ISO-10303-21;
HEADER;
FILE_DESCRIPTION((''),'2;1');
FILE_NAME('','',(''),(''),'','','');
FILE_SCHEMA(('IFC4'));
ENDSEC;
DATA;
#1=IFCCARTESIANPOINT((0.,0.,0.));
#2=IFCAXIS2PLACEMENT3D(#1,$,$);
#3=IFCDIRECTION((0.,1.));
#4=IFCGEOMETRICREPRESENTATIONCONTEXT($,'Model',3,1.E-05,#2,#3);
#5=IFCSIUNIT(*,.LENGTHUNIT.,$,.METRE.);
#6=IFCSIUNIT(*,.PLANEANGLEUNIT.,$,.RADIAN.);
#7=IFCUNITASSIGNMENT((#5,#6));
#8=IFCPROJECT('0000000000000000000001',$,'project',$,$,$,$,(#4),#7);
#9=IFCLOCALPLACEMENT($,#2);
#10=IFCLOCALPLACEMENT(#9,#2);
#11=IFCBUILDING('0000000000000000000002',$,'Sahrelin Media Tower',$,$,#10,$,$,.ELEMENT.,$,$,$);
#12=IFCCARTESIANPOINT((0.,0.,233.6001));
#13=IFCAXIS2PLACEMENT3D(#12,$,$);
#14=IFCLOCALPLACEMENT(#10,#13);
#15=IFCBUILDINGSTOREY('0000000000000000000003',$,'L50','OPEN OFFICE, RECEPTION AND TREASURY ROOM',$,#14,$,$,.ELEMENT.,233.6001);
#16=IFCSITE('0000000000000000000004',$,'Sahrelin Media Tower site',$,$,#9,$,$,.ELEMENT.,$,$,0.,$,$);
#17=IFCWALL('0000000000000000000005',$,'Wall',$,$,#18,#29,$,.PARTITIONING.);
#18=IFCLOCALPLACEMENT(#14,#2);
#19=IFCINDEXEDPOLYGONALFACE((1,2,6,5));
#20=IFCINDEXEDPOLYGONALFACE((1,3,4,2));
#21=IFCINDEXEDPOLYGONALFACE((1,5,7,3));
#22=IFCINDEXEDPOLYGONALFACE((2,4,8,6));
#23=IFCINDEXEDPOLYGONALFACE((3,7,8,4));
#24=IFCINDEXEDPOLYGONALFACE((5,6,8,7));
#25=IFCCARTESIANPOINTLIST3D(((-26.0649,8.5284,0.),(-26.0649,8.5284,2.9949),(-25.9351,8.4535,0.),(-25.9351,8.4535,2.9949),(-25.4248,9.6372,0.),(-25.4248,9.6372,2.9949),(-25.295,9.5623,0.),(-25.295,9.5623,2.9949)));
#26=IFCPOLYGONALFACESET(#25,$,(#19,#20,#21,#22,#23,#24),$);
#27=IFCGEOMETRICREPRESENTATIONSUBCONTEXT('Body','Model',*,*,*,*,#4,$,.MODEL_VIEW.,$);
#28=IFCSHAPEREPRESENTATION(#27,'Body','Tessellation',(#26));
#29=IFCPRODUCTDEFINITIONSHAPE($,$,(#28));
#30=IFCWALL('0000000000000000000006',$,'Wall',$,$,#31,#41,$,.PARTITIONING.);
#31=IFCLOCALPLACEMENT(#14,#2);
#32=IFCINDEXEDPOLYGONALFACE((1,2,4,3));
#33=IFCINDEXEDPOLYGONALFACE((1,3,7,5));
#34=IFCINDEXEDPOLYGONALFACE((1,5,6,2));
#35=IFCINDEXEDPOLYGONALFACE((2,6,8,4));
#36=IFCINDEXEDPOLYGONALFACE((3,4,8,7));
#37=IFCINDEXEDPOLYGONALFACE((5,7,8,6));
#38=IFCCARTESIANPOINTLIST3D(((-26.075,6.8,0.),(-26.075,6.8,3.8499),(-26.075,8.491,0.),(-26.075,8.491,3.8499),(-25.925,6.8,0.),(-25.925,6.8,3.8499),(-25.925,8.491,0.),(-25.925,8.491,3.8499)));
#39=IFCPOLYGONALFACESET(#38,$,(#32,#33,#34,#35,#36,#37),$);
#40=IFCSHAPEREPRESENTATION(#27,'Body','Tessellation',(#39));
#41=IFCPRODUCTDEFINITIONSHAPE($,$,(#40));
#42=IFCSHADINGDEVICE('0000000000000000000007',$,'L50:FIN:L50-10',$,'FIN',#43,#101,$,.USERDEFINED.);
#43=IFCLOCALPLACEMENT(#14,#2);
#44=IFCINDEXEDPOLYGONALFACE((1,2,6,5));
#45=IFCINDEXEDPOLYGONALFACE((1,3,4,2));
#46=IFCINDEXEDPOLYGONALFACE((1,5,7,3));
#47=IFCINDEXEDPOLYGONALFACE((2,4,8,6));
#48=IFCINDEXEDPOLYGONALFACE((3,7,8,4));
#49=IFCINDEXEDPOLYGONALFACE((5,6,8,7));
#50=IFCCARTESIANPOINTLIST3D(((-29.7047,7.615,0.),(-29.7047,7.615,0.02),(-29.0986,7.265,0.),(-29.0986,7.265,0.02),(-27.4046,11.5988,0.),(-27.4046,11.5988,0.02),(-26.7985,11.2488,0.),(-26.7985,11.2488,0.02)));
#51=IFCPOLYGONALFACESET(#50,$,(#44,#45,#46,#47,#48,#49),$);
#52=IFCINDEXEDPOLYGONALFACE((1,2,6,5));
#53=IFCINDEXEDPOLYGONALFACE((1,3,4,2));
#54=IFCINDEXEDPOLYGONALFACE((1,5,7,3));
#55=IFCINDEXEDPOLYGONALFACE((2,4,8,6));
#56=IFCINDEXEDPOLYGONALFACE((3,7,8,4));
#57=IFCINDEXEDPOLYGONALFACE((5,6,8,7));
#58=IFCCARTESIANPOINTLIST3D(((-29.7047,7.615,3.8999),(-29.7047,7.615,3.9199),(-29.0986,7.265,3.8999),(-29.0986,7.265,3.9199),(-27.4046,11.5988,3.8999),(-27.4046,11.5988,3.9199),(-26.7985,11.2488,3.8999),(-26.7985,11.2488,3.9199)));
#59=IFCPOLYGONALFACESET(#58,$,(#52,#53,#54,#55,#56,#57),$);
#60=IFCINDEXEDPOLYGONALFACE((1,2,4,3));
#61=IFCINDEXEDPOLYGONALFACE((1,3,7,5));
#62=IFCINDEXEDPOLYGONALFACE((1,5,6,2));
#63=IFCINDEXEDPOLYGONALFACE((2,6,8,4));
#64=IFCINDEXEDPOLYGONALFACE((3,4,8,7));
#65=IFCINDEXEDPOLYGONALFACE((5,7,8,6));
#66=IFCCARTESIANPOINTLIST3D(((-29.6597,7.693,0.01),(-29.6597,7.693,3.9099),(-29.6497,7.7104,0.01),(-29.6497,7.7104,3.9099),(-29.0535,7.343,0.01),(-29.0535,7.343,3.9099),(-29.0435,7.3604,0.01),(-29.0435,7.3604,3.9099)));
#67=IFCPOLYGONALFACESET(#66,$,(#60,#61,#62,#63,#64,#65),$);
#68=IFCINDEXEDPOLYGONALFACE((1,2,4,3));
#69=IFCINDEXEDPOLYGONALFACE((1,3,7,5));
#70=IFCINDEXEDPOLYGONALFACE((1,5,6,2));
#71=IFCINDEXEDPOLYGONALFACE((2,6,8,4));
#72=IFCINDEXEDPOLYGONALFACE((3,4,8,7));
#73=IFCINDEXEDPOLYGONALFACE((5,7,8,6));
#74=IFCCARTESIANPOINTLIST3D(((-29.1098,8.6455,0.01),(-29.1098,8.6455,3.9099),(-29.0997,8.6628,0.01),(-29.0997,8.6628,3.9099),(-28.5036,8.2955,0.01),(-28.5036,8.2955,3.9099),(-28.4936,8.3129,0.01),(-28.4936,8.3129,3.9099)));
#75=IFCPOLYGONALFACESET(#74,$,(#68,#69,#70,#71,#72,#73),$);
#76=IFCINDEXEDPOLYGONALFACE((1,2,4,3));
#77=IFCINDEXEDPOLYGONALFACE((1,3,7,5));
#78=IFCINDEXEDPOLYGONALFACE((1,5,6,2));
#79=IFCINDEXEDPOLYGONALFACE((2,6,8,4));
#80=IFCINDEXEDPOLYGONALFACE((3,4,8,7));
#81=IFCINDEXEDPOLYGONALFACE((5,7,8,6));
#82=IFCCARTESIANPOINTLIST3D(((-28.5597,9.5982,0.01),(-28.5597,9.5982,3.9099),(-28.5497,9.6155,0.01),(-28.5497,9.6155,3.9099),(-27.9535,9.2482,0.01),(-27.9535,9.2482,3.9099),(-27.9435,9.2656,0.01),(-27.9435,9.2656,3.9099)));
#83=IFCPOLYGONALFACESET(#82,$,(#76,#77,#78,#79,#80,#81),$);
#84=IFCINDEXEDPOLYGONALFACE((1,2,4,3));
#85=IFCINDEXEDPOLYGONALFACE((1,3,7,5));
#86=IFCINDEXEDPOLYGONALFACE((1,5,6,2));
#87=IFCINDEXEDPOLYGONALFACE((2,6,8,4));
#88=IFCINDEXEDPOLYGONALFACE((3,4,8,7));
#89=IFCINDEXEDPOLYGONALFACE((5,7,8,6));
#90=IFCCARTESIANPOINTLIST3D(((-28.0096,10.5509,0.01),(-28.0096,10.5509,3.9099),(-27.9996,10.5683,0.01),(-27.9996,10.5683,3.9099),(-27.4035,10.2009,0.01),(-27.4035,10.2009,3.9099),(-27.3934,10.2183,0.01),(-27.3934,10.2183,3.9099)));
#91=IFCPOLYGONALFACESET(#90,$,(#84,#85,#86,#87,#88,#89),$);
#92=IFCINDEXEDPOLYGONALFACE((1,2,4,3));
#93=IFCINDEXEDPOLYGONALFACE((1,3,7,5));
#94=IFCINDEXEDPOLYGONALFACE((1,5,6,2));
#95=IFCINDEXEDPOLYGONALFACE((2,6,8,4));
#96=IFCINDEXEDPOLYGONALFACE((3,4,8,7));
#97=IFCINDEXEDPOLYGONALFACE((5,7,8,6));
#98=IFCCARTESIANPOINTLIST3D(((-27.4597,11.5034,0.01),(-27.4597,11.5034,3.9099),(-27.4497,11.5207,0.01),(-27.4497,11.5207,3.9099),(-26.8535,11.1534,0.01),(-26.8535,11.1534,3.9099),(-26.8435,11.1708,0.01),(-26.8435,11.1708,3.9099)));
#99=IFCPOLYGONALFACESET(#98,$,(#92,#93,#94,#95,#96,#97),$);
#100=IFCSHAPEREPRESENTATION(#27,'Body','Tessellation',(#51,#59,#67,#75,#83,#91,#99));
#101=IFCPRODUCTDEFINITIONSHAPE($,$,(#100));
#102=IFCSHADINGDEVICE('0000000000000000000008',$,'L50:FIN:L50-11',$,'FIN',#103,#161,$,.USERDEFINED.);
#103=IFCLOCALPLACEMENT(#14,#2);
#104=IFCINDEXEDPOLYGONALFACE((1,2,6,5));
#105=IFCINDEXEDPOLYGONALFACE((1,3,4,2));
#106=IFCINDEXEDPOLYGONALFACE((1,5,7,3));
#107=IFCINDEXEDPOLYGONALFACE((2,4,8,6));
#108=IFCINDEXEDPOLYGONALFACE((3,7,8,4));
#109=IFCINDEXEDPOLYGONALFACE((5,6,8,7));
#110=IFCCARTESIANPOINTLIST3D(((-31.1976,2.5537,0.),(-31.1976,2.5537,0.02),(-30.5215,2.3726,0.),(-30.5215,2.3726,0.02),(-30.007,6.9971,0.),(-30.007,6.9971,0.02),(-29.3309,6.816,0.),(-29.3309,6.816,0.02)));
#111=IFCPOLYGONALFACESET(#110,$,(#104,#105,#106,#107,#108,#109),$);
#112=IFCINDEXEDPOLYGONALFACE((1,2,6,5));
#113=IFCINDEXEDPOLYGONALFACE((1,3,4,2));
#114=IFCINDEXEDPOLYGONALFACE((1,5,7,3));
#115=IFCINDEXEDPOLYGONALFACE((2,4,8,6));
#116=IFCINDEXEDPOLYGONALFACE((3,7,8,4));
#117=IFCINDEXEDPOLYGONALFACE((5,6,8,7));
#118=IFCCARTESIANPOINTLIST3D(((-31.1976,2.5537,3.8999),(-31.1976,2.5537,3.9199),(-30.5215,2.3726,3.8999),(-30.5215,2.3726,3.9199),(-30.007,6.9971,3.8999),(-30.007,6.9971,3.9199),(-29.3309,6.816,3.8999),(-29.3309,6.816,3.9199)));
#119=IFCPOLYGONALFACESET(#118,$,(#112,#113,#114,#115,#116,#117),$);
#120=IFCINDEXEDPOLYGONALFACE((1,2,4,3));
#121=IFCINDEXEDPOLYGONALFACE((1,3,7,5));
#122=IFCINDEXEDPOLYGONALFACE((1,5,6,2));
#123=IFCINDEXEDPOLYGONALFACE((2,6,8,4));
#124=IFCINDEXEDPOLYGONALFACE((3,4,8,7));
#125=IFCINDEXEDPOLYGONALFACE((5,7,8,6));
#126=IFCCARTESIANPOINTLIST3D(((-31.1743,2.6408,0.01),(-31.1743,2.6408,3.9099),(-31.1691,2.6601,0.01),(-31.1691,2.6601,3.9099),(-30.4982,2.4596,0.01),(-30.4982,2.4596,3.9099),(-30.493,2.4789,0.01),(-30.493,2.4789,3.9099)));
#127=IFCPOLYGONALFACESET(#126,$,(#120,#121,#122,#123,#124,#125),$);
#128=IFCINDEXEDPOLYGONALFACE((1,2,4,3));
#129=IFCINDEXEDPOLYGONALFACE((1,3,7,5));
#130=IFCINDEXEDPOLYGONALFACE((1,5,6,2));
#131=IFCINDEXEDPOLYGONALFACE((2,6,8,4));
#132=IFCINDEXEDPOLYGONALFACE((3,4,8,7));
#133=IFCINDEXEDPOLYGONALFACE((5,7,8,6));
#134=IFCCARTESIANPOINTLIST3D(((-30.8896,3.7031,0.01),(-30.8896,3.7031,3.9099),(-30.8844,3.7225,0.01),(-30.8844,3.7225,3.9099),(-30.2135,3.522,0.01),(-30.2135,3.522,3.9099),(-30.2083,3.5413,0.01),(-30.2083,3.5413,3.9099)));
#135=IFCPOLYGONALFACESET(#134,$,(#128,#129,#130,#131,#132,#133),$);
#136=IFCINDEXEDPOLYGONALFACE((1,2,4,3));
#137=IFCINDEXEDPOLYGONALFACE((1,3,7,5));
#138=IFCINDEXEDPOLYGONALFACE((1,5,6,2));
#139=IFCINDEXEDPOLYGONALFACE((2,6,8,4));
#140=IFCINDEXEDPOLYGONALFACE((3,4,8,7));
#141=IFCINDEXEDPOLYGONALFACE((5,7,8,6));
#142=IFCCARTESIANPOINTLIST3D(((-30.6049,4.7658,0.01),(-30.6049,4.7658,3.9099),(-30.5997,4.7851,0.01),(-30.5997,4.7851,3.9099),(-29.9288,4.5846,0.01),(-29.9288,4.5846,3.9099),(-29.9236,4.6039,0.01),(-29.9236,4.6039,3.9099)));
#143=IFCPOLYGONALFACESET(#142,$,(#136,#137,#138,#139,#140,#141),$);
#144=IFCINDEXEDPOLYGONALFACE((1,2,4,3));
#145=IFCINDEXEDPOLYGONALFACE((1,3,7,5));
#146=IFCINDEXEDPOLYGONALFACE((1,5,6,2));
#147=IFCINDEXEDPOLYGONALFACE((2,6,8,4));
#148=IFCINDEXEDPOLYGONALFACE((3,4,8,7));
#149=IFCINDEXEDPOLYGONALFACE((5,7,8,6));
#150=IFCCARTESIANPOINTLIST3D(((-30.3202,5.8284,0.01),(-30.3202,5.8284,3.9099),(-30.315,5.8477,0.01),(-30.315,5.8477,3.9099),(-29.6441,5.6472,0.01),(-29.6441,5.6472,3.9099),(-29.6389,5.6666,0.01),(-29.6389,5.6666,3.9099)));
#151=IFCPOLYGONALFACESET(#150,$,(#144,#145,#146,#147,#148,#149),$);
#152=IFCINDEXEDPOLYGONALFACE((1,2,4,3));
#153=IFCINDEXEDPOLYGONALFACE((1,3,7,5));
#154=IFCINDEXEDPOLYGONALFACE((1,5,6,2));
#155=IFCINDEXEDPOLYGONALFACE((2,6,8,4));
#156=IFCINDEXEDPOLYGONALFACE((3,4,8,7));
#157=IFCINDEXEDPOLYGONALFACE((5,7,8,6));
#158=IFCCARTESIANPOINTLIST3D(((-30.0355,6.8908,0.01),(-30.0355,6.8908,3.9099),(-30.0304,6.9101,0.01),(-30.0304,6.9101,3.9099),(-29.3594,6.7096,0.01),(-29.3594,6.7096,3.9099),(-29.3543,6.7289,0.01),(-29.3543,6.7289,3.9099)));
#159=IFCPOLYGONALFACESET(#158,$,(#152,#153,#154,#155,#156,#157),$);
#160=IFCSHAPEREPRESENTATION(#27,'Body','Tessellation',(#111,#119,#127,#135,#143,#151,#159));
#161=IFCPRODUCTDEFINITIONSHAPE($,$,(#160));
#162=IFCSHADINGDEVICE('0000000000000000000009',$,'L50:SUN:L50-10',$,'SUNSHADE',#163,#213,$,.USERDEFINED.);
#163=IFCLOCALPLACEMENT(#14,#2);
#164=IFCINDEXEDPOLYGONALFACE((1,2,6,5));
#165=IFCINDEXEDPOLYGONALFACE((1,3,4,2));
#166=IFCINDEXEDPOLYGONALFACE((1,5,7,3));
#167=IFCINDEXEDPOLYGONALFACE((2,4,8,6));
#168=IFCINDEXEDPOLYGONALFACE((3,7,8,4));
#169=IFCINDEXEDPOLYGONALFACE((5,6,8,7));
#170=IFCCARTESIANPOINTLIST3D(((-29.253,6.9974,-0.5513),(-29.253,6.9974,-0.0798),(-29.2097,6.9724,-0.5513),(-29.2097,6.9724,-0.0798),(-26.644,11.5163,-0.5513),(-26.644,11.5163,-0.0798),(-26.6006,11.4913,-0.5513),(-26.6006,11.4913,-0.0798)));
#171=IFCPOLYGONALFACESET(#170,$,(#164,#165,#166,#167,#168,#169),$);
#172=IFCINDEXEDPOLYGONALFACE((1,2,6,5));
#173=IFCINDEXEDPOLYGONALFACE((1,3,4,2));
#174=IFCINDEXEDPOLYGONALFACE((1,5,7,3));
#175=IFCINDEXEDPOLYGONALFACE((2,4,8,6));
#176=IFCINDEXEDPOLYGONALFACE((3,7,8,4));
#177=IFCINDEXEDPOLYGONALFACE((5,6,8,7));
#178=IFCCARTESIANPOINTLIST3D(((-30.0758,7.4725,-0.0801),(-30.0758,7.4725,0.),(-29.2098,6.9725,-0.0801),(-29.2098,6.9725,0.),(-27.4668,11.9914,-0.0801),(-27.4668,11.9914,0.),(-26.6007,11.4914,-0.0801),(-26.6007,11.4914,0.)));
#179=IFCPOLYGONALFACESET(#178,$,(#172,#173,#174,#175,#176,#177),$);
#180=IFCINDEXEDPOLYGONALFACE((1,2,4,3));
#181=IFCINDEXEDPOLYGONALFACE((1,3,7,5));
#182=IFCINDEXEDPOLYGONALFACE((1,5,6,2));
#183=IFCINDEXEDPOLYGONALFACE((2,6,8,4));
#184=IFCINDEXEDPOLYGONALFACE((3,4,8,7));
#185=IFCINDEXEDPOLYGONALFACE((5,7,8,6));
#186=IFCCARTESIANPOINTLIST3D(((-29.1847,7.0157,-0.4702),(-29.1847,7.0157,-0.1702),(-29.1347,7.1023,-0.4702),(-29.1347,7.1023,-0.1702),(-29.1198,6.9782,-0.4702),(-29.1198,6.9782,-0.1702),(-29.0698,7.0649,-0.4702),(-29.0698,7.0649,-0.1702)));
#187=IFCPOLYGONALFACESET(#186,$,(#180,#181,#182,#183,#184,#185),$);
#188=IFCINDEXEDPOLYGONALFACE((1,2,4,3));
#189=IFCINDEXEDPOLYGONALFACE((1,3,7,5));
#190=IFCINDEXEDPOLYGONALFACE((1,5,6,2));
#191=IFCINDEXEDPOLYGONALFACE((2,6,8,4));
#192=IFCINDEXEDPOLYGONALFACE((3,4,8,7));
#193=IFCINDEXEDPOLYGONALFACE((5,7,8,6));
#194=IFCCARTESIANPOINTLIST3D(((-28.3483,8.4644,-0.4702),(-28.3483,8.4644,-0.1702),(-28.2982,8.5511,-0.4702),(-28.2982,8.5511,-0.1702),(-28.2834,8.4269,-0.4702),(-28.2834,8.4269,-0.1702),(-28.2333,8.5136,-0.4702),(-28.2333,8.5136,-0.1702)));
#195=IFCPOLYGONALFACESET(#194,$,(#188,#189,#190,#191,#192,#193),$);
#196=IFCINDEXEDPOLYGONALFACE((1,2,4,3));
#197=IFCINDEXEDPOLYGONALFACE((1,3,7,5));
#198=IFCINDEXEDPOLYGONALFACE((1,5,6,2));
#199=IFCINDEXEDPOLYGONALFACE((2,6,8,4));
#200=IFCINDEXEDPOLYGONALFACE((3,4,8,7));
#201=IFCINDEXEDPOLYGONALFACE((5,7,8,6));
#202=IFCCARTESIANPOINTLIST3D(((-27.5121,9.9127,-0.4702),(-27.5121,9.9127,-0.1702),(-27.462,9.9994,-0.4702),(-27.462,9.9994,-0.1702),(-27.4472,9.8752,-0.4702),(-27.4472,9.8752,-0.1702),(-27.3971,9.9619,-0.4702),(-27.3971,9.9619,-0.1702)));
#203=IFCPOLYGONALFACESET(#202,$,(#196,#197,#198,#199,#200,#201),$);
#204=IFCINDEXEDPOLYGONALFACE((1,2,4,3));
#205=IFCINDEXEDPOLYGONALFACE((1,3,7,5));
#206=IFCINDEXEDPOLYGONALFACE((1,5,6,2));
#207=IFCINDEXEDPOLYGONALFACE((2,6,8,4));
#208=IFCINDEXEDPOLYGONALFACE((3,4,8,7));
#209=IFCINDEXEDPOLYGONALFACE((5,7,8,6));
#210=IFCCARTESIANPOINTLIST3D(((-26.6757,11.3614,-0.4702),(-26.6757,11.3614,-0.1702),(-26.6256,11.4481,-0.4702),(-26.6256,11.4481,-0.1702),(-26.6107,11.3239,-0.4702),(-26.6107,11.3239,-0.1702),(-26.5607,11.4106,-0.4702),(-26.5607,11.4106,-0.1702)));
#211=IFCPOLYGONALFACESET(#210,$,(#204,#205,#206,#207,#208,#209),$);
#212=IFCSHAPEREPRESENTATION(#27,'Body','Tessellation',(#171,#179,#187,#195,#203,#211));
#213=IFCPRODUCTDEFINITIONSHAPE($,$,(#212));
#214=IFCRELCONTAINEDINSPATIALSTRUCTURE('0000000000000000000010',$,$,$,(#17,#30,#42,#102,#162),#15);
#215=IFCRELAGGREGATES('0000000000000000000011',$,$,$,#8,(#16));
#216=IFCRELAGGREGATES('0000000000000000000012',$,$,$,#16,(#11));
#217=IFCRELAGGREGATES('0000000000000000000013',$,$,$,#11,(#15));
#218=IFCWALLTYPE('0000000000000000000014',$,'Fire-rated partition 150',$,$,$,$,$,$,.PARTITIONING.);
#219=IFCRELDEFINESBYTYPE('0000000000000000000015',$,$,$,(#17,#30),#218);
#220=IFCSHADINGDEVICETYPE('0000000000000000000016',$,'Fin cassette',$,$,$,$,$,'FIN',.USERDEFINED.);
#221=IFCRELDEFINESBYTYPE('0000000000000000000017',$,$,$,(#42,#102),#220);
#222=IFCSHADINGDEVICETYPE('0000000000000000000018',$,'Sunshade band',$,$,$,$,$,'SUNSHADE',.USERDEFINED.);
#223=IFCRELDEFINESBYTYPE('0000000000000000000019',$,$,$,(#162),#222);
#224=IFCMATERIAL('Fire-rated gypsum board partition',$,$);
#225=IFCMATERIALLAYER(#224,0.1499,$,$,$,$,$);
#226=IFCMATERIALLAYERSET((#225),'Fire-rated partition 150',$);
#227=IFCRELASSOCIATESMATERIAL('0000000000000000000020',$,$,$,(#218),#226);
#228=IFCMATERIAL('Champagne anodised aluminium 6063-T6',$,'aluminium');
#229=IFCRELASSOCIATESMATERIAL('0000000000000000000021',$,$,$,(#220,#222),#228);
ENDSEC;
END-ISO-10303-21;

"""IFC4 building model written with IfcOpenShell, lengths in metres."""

from ifc_helpers import new_model, si_unit, direction, frame, frame_2d, origin, origin_2d, place, context, subcontext, project, spatial, rectangle, extrude, material, layer, layer_set, type_object, element, save


model = new_model("IFC4")

# Units and contexts
model_context = context("Model", 3, precision=1e-05, world=origin(), true_north=direction((0.0, 1.0)))
body_context = subcontext(model_context, "Body", "Model", "MODEL_VIEW")
ifc_project = project(units=[si_unit("LENGTHUNIT", "METRE"), si_unit("PLANEANGLEUNIT", "RADIAN")], contexts=[model_context])

# Site, building, storey
site_placement = place(None, origin())
site = spatial("IfcSite", under=ifc_project, at=site_placement, Name="Sahrelin Media Tower site", CompositionType="ELEMENT", RefElevation=0.0)
building_placement = place(site_placement, origin())
building = spatial("IfcBuilding", under=site, at=building_placement, Name="Sahrelin Media Tower", CompositionType="ELEMENT")
storey_placement = place(building_placement, frame((0.0, 0.0, 233.6001)))
storey = spatial("IfcBuildingStorey", under=building, at=storey_placement, Name="L50", Description="OPEN OFFICE, RECEPTION AND TREASURY ROOM", CompositionType="ELEMENT", Elevation=233.6001)

# Shared definitions
ifc_material_1 = material(Name="Champagne anodised aluminium 6063-T6", Category="aluminium")

# Walls
ifc_material_2 = material(Name="Fire-rated gypsum board partition")
ifc_layer_1 = layer(ifc_material_2, 0.1499)
ifc_layer_set_1 = layer_set([ifc_layer_1], Name="Fire-rated partition 150")
wall_type_1 = type_object("IfcWallType", Name="Fire-rated partition 150", PredefinedType="PARTITIONING", material=ifc_layer_set_1)
wall_1_placement = place(storey_placement, frame((-26.0, 8.491, 0.0), z_axis=(0.0, 0.0, 1.0), x_axis=(0.499954, 0.866052, 0.0)))
element("IfcWall", 1, at=wall_1_placement, inside=storey, type_object=wall_type_1, Name="Wall", PredefinedType="PARTITIONING", context=body_context, shape_type="SweptSolid", body=[
    extrude(rectangle(XDim=1.2803, YDim=0.1499, at=frame_2d((0.6401, 0.0))), origin(), (0.0, 0.0, 1.0), 2.9949),
])
wall_2_placement = place(storey_placement, frame((-26.0, 6.8, 0.0), z_axis=(0.0, 0.0, 1.0), x_axis=(0.0, 1.0, 0.0)))
element("IfcWall", 2, at=wall_2_placement, inside=storey, type_object=wall_type_1, Name="Wall", PredefinedType="PARTITIONING", context=body_context, shape_type="SweptSolid", body=[
    extrude(rectangle(XDim=1.6909, YDim=0.1499, at=frame_2d((0.8455, 0.0))), origin(), (0.0, 0.0, 1.0), 3.8499),
])

# Shading devices
shading_device_type_1 = type_object("IfcShadingDeviceType", Name="Fin cassette", ElementType="FIN", PredefinedType="USERDEFINED", material=ifc_material_1)
placement_1 = place(storey_placement, frame((-27.8879, 9.2219, 0.0), z_axis=(0.0, 0.0, 1.0), x_axis=(0.500011, 0.866019, 0.0)))
element("IfcShadingDevice", 3, at=placement_1, inside=storey, type_object=shading_device_type_1, Name="L50:FIN:L50-10", ObjectType="FIN", PredefinedType="USERDEFINED", context=body_context, shape_type="SweptSolid", body=[
    extrude(rectangle(XDim=4.6001, YDim=0.7, at=origin_2d()), frame((0.0, 0.4199, 0.0)), (0.0, 0.0, 1.0), 0.02),
    extrude(rectangle(XDim=4.6001, YDim=0.7, at=origin_2d()), frame((0.0, 0.4199, 3.8999)), (0.0, 0.0, 1.0), 0.02),
    extrude(rectangle(XDim=0.02, YDim=0.7, at=origin_2d()), frame((-2.2, 0.4199, 0.01), z_axis=(0.0, 0.0, 1.0), x_axis=(1.0, 0.0, 0.0)), (0.0, 0.0, 1.0), 3.8999),
    extrude(rectangle(XDim=0.02, YDim=0.7, at=origin_2d()), frame((-1.1001, 0.4199, 0.01), z_axis=(0.0, 0.0, 1.0), x_axis=(1.0, 0.0, 0.0)), (0.0, 0.0, 1.0), 3.8999),
    extrude(rectangle(XDim=0.02, YDim=0.7, at=origin_2d()), frame((0.0, 0.4199, 0.01), z_axis=(0.0, 0.0, 1.0), x_axis=(1.0, 0.0, 0.0)), (0.0, 0.0, 1.0), 3.8999),
    extrude(rectangle(XDim=0.02, YDim=0.7, at=origin_2d()), frame((1.1001, 0.4199, 0.01), z_axis=(0.0, 0.0, 1.0), x_axis=(1.0, 0.0, 0.0)), (0.0, 0.0, 1.0), 3.8999),
    extrude(rectangle(XDim=0.02, YDim=0.7, at=origin_2d()), frame((2.2, 0.4199, 0.01), z_axis=(0.0, 0.0, 1.0), x_axis=(1.0, 0.0, 0.0)), (0.0, 0.0, 1.0), 3.8999),
])
placement_2 = place(storey_placement, frame((-29.8586, 4.5762, 0.0), z_axis=(0.0, 0.0, 1.0), x_axis=(0.258808, 0.965929, 0.0)))
element("IfcShadingDevice", 4, at=placement_2, inside=storey, type_object=shading_device_type_1, Name="L50:FIN:L50-11", ObjectType="FIN", PredefinedType="USERDEFINED", context=body_context, shape_type="SweptSolid", body=[
    extrude(rectangle(XDim=4.6001, YDim=0.7, at=origin_2d()), frame((0.0, 0.4199, 0.0)), (0.0, 0.0, 1.0), 0.02),
    extrude(rectangle(XDim=4.6001, YDim=0.7, at=origin_2d()), frame((0.0, 0.4199, 3.8999)), (0.0, 0.0, 1.0), 0.02),
    extrude(rectangle(XDim=0.02, YDim=0.7, at=origin_2d()), frame((-2.2, 0.4199, 0.01), z_axis=(0.0, 0.0, 1.0), x_axis=(1.0, 0.0, 0.0)), (0.0, 0.0, 1.0), 3.8999),
    extrude(rectangle(XDim=0.02, YDim=0.7, at=origin_2d()), frame((-1.1001, 0.4199, 0.01), z_axis=(0.0, 0.0, 1.0), x_axis=(1.0, 0.0, 0.0)), (0.0, 0.0, 1.0), 3.8999),
    extrude(rectangle(XDim=0.02, YDim=0.7, at=origin_2d()), frame((0.0, 0.4199, 0.01), z_axis=(0.0, 0.0, 1.0), x_axis=(1.0, 0.0, 0.0)), (0.0, 0.0, 1.0), 3.8999),
    extrude(rectangle(XDim=0.02, YDim=0.7, at=origin_2d()), frame((1.1001, 0.4199, 0.01), z_axis=(0.0, 0.0, 1.0), x_axis=(1.0, 0.0, 0.0)), (0.0, 0.0, 1.0), 3.8999),
    extrude(rectangle(XDim=0.02, YDim=0.7, at=origin_2d()), frame((2.2, 0.4199, 0.01), z_axis=(0.0, 0.0, 1.0), x_axis=(1.0, 0.0, 0.0)), (0.0, 0.0, 1.0), 3.8999),
])
shading_device_type_2 = type_object("IfcShadingDeviceType", Name="Sunshade band", ElementType="SUNSHADE", PredefinedType="USERDEFINED", material=ifc_material_1)
element("IfcShadingDevice", 5, at=placement_1, inside=storey, type_object=shading_device_type_2, Name="L50:SUN:L50-10", ObjectType="SUNSHADE", PredefinedType="USERDEFINED", context=body_context, shape_type="SweptSolid", body=[
    extrude(rectangle(XDim=5.218, YDim=0.05, at=origin_2d()), frame((0.0, 0.0449, -0.5513)), (0.0, 0.0, 1.0), 0.4714),
    extrude(rectangle(XDim=5.218, YDim=1.0, at=origin_2d()), frame((0.0, 0.52, -0.0801)), (0.0, 0.0, 1.0), 0.0801),
    extrude(rectangle(XDim=0.1001, YDim=0.075, at=origin_2d()), frame((-2.509, -0.0176, -0.4702)), (0.0, 0.0, 1.0), 0.3),
    extrude(rectangle(XDim=0.1001, YDim=0.075, at=origin_2d()), frame((-0.8362, -0.0176, -0.4702)), (0.0, 0.0, 1.0), 0.3),
    extrude(rectangle(XDim=0.1001, YDim=0.075, at=origin_2d()), frame((0.8362, -0.0176, -0.4702)), (0.0, 0.0, 1.0), 0.3),
    extrude(rectangle(XDim=0.1001, YDim=0.075, at=origin_2d()), frame((2.509, -0.0176, -0.4702)), (0.0, 0.0, 1.0), 0.3),
])

save(model, "model.ifc")
